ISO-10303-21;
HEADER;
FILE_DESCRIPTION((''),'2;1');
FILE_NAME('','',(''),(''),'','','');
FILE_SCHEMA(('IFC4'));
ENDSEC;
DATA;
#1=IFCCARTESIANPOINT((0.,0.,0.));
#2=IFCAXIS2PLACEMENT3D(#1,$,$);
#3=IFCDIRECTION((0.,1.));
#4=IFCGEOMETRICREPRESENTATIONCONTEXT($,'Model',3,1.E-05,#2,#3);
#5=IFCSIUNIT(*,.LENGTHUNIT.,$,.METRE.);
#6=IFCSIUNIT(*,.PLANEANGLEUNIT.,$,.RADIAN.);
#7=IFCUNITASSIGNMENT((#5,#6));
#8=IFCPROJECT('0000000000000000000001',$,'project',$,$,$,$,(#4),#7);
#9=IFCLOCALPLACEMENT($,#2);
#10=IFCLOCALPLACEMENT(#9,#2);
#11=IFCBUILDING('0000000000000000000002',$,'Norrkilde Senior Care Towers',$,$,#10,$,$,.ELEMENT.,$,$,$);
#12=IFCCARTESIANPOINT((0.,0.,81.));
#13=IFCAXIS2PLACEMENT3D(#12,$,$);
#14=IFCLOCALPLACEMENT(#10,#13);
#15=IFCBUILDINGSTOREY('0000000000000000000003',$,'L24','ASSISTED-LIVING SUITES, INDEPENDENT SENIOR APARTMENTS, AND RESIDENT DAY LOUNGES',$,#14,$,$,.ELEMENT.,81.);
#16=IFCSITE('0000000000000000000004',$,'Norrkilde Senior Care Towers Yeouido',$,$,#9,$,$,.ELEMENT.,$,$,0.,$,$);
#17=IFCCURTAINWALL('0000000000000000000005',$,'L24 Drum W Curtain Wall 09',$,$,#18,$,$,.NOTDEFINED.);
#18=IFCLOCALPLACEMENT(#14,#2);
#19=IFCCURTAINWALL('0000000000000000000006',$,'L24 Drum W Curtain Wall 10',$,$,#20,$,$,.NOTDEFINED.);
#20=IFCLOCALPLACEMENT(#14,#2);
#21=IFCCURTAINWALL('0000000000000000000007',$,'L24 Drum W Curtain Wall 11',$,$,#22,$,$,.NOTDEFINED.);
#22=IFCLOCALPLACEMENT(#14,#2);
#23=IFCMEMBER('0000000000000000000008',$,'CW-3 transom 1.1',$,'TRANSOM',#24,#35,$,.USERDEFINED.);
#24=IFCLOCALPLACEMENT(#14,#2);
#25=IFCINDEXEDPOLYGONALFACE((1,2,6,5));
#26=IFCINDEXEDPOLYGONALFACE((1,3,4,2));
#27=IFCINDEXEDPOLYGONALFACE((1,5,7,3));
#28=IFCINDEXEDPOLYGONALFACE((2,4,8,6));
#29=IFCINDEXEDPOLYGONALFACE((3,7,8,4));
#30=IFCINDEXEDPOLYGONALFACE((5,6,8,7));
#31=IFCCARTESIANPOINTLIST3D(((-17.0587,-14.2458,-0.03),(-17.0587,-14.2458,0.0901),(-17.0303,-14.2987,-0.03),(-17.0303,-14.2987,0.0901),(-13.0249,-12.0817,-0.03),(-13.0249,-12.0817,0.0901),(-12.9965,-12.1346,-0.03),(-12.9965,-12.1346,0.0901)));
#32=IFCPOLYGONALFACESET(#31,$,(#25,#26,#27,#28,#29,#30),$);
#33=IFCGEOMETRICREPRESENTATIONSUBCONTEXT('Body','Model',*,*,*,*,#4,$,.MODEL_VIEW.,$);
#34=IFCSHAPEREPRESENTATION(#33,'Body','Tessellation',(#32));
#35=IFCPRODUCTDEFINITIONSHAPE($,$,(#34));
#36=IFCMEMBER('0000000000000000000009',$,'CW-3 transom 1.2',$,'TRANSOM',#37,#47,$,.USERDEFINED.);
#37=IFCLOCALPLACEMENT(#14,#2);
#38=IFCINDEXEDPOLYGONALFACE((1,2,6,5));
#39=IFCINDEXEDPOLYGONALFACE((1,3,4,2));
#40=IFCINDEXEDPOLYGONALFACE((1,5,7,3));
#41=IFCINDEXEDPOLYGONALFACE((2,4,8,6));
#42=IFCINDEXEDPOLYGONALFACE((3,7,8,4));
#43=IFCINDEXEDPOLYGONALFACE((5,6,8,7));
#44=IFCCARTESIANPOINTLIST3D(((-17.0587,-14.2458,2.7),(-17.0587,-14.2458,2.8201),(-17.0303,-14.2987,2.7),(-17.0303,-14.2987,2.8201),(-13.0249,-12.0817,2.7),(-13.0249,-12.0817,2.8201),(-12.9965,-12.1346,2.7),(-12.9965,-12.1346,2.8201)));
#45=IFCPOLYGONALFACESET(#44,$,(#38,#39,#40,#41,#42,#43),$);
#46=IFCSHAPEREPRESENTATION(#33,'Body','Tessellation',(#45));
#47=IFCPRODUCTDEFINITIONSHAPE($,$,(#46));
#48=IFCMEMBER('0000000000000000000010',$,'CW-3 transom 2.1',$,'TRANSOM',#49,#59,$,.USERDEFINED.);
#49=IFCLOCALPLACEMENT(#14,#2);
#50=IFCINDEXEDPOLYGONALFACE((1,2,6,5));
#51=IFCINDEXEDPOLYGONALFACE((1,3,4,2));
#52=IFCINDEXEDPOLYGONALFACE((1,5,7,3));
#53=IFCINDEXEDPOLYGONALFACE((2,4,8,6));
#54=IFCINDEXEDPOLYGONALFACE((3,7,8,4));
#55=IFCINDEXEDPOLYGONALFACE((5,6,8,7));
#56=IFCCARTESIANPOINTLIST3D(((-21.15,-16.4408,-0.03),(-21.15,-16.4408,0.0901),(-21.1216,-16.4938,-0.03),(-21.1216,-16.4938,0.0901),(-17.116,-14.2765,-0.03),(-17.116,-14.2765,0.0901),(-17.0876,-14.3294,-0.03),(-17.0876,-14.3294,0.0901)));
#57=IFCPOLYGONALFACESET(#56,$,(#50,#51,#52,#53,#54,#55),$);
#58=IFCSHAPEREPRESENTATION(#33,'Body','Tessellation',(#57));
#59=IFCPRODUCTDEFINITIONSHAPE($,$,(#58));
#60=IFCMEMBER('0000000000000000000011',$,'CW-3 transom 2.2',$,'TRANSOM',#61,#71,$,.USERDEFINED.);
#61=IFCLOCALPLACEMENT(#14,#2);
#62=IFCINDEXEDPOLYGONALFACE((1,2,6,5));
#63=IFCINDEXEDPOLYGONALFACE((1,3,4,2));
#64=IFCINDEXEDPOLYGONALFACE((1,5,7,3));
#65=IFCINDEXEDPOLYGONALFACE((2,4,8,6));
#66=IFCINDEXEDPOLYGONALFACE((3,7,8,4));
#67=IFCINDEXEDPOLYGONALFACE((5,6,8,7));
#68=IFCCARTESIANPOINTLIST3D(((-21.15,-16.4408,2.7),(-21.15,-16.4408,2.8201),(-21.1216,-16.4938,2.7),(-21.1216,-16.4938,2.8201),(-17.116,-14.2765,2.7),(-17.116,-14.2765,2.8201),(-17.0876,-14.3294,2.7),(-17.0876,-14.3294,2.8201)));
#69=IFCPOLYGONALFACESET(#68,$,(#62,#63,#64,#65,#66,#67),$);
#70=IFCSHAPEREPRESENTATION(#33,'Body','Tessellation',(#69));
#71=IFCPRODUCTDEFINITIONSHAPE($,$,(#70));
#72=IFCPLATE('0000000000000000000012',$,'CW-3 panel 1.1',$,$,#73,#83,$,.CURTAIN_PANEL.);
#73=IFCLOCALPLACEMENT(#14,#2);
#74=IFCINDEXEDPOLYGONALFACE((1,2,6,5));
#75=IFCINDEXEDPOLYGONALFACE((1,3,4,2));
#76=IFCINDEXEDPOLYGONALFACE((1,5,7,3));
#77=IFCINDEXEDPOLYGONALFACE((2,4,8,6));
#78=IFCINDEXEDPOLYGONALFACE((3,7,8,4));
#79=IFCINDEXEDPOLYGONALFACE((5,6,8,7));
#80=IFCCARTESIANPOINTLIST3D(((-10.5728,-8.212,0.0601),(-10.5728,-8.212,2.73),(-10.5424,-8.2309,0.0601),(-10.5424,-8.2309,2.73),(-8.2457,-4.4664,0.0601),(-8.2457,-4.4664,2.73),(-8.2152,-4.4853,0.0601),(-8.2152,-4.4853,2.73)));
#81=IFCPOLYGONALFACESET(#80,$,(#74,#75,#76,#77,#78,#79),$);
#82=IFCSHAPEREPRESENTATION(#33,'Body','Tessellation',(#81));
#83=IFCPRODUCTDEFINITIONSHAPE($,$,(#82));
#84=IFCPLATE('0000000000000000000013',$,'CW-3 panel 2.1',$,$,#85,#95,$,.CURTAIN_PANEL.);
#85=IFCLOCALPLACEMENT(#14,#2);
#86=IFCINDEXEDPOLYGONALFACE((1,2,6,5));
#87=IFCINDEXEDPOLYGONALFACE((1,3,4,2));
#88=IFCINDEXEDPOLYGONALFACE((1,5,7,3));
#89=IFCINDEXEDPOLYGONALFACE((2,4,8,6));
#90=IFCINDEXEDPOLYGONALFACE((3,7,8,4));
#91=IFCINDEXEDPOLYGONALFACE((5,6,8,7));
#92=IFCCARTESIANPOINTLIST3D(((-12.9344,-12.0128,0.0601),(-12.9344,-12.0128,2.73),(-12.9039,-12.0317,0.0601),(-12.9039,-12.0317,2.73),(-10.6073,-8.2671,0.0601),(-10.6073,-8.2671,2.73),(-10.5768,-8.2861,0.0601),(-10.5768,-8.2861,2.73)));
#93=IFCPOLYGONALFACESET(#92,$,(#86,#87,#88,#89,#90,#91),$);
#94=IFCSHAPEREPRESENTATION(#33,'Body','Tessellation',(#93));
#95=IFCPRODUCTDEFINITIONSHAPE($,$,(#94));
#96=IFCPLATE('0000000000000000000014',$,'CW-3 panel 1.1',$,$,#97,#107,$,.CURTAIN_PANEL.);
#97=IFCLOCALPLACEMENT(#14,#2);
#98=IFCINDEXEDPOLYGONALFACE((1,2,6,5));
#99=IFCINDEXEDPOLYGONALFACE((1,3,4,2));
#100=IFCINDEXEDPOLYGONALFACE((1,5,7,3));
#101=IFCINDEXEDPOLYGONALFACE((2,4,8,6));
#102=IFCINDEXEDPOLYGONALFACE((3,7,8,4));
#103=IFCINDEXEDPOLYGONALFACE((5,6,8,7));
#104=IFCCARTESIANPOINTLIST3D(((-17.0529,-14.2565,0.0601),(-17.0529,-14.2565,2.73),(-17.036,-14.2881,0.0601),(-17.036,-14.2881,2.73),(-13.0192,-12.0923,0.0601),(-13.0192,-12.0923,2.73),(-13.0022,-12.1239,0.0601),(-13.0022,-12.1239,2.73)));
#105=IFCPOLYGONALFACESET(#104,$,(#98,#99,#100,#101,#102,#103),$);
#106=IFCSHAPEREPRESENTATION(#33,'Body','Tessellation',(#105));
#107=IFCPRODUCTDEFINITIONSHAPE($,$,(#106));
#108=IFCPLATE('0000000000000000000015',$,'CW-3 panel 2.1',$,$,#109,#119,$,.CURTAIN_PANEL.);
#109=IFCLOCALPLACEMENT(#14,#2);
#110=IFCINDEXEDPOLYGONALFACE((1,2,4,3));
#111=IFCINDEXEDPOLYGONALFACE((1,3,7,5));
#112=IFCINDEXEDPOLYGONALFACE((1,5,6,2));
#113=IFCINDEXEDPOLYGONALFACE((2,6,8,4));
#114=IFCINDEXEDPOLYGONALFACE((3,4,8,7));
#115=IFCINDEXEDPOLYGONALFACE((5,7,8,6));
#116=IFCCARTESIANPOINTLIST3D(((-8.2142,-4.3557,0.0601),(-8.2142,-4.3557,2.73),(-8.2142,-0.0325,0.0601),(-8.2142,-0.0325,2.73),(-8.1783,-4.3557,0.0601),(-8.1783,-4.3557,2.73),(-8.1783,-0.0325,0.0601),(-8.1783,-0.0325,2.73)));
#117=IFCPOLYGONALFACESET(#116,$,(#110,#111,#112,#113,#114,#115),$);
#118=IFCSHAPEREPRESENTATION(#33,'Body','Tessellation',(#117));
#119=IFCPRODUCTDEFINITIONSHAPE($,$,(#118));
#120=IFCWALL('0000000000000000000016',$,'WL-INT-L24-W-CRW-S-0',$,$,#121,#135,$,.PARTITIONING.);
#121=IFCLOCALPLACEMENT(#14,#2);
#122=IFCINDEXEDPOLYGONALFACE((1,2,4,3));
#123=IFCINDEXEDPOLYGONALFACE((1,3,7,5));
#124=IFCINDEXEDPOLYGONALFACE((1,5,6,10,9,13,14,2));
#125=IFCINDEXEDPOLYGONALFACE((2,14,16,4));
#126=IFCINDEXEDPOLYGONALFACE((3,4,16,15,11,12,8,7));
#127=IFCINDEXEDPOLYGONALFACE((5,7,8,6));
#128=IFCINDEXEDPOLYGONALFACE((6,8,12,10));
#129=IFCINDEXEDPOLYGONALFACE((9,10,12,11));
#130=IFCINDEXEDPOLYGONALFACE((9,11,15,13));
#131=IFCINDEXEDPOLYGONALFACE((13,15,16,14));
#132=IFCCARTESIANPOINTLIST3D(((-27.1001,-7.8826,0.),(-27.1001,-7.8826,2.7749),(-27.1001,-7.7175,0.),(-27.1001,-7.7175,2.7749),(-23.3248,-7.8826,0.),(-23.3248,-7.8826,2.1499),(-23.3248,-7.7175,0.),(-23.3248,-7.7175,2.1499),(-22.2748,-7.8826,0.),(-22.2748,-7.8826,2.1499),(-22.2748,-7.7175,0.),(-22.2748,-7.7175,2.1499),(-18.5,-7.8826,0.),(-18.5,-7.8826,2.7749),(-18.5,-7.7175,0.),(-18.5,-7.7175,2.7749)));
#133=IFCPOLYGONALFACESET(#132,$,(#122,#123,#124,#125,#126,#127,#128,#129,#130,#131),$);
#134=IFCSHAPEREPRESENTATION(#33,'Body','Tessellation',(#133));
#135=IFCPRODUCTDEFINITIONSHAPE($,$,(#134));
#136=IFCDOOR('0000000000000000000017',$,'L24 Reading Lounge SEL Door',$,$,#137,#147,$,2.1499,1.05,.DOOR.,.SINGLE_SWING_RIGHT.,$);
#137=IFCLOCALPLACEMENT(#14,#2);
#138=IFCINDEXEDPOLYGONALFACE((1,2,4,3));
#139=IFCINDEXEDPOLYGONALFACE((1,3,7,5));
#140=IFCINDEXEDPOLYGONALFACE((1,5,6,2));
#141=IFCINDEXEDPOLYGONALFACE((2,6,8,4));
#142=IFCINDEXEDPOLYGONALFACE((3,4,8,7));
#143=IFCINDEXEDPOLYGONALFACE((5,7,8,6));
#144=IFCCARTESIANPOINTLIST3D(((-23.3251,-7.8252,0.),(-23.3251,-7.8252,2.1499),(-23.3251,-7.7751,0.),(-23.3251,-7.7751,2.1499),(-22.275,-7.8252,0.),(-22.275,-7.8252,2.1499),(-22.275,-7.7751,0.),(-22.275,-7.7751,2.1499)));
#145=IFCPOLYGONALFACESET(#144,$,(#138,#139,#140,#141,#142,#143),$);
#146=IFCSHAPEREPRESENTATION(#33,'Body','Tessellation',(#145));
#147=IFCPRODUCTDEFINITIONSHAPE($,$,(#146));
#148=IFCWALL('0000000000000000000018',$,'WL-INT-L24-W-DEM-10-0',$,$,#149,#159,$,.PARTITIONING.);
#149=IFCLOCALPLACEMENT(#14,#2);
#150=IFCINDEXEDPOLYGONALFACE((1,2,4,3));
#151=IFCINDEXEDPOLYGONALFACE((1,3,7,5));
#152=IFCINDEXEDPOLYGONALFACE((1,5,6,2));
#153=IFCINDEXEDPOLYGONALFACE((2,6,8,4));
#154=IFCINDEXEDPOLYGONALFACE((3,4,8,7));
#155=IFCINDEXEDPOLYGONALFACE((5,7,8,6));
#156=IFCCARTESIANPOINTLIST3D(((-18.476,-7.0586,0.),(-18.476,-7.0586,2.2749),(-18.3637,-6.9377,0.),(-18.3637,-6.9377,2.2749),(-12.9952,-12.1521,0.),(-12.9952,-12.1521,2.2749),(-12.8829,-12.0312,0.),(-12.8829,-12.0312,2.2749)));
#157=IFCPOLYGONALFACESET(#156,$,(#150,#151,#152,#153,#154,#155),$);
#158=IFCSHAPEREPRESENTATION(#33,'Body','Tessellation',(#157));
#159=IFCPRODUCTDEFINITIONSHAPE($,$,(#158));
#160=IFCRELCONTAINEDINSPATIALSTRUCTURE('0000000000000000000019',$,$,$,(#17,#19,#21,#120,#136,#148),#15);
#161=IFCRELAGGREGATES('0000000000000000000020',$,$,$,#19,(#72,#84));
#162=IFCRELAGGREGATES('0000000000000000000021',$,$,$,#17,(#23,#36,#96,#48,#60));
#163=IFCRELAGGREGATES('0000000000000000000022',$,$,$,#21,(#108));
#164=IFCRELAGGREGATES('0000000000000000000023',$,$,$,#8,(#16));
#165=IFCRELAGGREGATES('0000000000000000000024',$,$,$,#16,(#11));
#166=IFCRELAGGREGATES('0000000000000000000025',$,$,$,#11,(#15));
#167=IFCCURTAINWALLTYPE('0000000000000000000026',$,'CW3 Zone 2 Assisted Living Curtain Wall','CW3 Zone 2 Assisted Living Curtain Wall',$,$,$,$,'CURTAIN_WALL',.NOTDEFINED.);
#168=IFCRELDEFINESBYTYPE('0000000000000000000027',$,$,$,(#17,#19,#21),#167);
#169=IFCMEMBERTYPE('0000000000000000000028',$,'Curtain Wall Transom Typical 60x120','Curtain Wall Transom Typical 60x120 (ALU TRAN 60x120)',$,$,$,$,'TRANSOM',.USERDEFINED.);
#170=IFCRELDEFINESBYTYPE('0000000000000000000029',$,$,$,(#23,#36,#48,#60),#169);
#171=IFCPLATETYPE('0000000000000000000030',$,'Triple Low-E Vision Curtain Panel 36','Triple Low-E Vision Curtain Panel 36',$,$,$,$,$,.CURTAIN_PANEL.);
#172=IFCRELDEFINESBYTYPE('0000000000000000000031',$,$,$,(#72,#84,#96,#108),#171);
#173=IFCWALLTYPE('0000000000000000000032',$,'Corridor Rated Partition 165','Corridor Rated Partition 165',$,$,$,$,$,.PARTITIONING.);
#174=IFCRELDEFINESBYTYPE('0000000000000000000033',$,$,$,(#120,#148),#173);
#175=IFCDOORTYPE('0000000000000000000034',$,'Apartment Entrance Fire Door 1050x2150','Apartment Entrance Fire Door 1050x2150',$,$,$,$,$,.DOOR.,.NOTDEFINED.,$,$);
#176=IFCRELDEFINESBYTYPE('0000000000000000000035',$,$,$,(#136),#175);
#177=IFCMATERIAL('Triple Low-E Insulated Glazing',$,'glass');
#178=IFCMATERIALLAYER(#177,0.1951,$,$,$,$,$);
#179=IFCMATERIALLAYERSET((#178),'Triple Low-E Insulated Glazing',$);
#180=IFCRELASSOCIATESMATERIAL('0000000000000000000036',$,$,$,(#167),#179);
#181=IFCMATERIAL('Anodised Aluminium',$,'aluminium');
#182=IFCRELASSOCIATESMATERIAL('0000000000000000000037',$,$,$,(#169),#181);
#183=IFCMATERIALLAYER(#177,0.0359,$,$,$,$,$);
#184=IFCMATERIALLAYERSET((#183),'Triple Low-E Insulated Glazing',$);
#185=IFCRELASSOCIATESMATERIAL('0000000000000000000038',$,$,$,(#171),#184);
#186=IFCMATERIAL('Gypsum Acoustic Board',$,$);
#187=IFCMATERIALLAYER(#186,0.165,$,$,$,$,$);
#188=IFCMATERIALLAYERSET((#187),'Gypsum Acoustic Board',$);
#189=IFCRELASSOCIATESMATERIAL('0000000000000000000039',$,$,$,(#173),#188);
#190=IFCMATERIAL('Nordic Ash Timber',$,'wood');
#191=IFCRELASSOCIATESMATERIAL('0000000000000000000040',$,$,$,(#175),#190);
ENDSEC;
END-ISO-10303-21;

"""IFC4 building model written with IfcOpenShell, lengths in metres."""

from ifc_helpers import new_model, si_unit, direction, frame, frame_2d, origin, origin_2d, place, context, subcontext, project, spatial, rectangle, extrude, source, transform, mapped, material, layer, layer_set, material_profile, profile_set, type_object, type_shapes, element, fill, aggregate, save


model = new_model("IFC4")

# Units and contexts
model_context = context("Model", 3, precision=1e-05, world=origin(), true_north=direction((0.0, 1.0)))
body_context = subcontext(model_context, "Body", "Model", "MODEL_VIEW")
ifc_project = project(units=[si_unit("LENGTHUNIT", "METRE"), si_unit("PLANEANGLEUNIT", "RADIAN")], contexts=[model_context])

# Site, building, storey
site_placement = place(None, origin())
site = spatial("IfcSite", under=ifc_project, at=site_placement, Name="Norrkilde Senior Care Towers Yeouido", CompositionType="ELEMENT", RefElevation=0.0)
building_placement = place(site_placement, origin())
building = spatial("IfcBuilding", under=site, at=building_placement, Name="Norrkilde Senior Care Towers", CompositionType="ELEMENT")
storey_placement = place(building_placement, frame((0.0, 0.0, 81.0)))
storey = spatial("IfcBuildingStorey", under=building, at=storey_placement, Name="L24", Description="ASSISTED-LIVING SUITES, INDEPENDENT SENIOR APARTMENTS, AND RESIDENT DAY LOUNGES", CompositionType="ELEMENT", Elevation=81.0)

# Curtain walls
ifc_material_1 = material(Name="Triple Low-E Insulated Glazing", Category="glass")
ifc_layer_1 = layer(ifc_material_1, 0.1951)
ifc_layer_set_1 = layer_set([ifc_layer_1], Name="Triple Low-E Insulated Glazing")
curtain_wall_type = type_object("IfcCurtainWallType", Name="CW3 Zone 2 Assisted Living Curtain Wall", Description="CW3 Zone 2 Assisted Living Curtain Wall", ElementType="CURTAIN_WALL", PredefinedType="NOTDEFINED", material=ifc_layer_set_1)
curtain_wall_1_placement = place(storey_placement, origin())
curtain_wall_1 = element("IfcCurtainWall", 1, at=curtain_wall_1_placement, inside=storey, type_object=curtain_wall_type, Name="L24 Drum W Curtain Wall 09", PredefinedType="NOTDEFINED")
ifc_material_2 = material(Name="Anodised Aluminium", Category="aluminium")
curtain_wall_2_placement = place(storey_placement, origin())
curtain_wall_2 = element("IfcCurtainWall", 2, at=curtain_wall_2_placement, inside=storey, type_object=curtain_wall_type, Name="L24 Drum W Curtain Wall 10", PredefinedType="NOTDEFINED")

# Curtain wall
curtain_wall_3_placement = place(storey_placement, origin())
curtain_wall_3 = element("IfcCurtainWall", 3, at=curtain_wall_3_placement, inside=storey, type_object=curtain_wall_type, Name="L24 Drum W Curtain Wall 11", PredefinedType="NOTDEFINED")

# Members
ifc_material_profile_1 = material_profile(ifc_material_2, rectangle(XDim=0.0601, YDim=0.1201, at=origin_2d()), Name="ALU TRAN 60x120")
ifc_profile_set_1 = profile_set([ifc_material_profile_1], Name="Anodised Aluminium")
member_type_1 = type_object("IfcMemberType", Name="Curtain Wall Transom Typical 60x120", Description="Curtain Wall Transom Typical 60x120 (ALU TRAN 60x120)", ElementType="TRANSOM", PredefinedType="USERDEFINED", material=ifc_profile_set_1)
shared_shape_1 = source(origin(), body_context, "Body", "SweptSolid", [
    extrude(rectangle(XDim=0.0601, YDim=0.1201, at=origin_2d()), origin(), (0.0, 0.0, 1.0), 4.5776),
])
member_1_placement = place(storey_placement, frame((-13.0107, -12.1082, 0.03), z_axis=(-0.881193, -0.472757, 0.0), x_axis=(0.472757, -0.881193, 0.0)))
member_1 = element("IfcMember", 4, at=member_1_placement, type_object=member_type_1, Name="CW-3 transom 1.1", ObjectType="TRANSOM", PredefinedType="USERDEFINED", context=body_context, shape_type="MappedRepresentation", body=[
    mapped(shared_shape_1, transform((0.0, 0.0, 0.0), x_axis=(1.0, 0.0, 0.0), y_axis=(0.0, 1.0, 0.0), z_axis=(0.0, 0.0, 1.0), scale=1.0)),
])
member_2_placement = place(storey_placement, frame((-13.0107, -12.1082, 2.76), z_axis=(-0.881193, -0.472757, 0.0), x_axis=(0.472757, -0.881193, 0.0)))
member_2 = element("IfcMember", 5, at=member_2_placement, type_object=member_type_1, Name="CW-3 transom 1.2", ObjectType="TRANSOM", PredefinedType="USERDEFINED", context=body_context, shape_type="MappedRepresentation", body=[
    mapped(shared_shape_1, transform((0.0, 0.0, 0.0), x_axis=(1.0, 0.0, 0.0), y_axis=(0.0, 1.0, 0.0), z_axis=(0.0, 0.0, 1.0), scale=1.0)),
])
shared_shape_2 = source(origin(), body_context, "Body", "SweptSolid", [
    extrude(rectangle(XDim=0.0601, YDim=0.1201, at=origin_2d()), origin(), (0.0, 0.0, 1.0), 4.5779),
])
member_3_placement = place(storey_placement, frame((-17.1018, -14.303, 0.03), z_axis=(-0.881182, -0.472776, 0.0), x_axis=(0.472776, -0.881182, 0.0)))
member_3 = element("IfcMember", 6, at=member_3_placement, type_object=member_type_1, Name="CW-3 transom 2.1", ObjectType="TRANSOM", PredefinedType="USERDEFINED", context=body_context, shape_type="MappedRepresentation", body=[
    mapped(shared_shape_2, transform((0.0, 0.0, 0.0), x_axis=(1.0, 0.0, 0.0), y_axis=(0.0, 1.0, 0.0), z_axis=(0.0, 0.0, 1.0), scale=1.0)),
])
member_4_placement = place(storey_placement, frame((-17.1018, -14.303, 2.76), z_axis=(-0.881182, -0.472776, 0.0), x_axis=(0.472776, -0.881182, 0.0)))
member_4 = element("IfcMember", 7, at=member_4_placement, type_object=member_type_1, Name="CW-3 transom 2.2", ObjectType="TRANSOM", PredefinedType="USERDEFINED", context=body_context, shape_type="MappedRepresentation", body=[
    mapped(shared_shape_2, transform((0.0, 0.0, 0.0), x_axis=(1.0, 0.0, 0.0), y_axis=(0.0, 1.0, 0.0), z_axis=(0.0, 0.0, 1.0), scale=1.0)),
])

# Plates
ifc_layer_2 = layer(ifc_material_1, 0.0359)
ifc_layer_set_2 = layer_set([ifc_layer_2], Name="Triple Low-E Insulated Glazing")
plate_type = type_object("IfcPlateType", Name="Triple Low-E Vision Curtain Panel 36", Description="Triple Low-E Vision Curtain Panel 36", PredefinedType="CURTAIN_PANEL", material=ifc_layer_set_2)
shared_shape_3 = source(origin(), body_context, "Body", "SweptSolid", [
    extrude(rectangle(XDim=4.4097, YDim=0.0359, at=origin_2d()), origin(), (0.0, 0.0, 1.0), 2.6699),
])
plate_1_placement = place(storey_placement, frame((-9.394, -6.3486, 0.0601), z_axis=(0.0, 0.0, 1.0), x_axis=(-0.527733, -0.84941, 0.0)))
plate_1 = element("IfcPlate", 8, at=plate_1_placement, type_object=plate_type, Name="CW-3 panel 1.1", PredefinedType="CURTAIN_PANEL", context=body_context, shape_type="MappedRepresentation", body=[
    mapped(shared_shape_3, transform((0.0, 0.0, 0.0), x_axis=(1.0, 0.0, 0.0), y_axis=(0.0, 1.0, 0.0), z_axis=(0.0, 0.0, 1.0), scale=1.0)),
])
plate_2_placement = place(storey_placement, frame((-11.7556, -10.1494, 0.0601), z_axis=(0.0, 0.0, 1.0), x_axis=(-0.527733, -0.84941, 0.0)))
plate_2 = element("IfcPlate", 9, at=plate_2_placement, type_object=plate_type, Name="CW-3 panel 2.1", PredefinedType="CURTAIN_PANEL", context=body_context, shape_type="MappedRepresentation", body=[
    mapped(shared_shape_3, transform((0.0, 0.0, 0.0), x_axis=(1.0, 0.0, 0.0), y_axis=(0.0, 1.0, 0.0), z_axis=(0.0, 0.0, 1.0), scale=1.0)),
])
aggregate(curtain_wall_2, [plate_1, plate_2])
shared_shape_4 = source(origin(), body_context, "Body", "SweptSolid", [
    extrude(rectangle(XDim=4.5776, YDim=0.0359, at=origin_2d()), origin(), (0.0, 0.0, 1.0), 2.6699),
])
plate_3_placement = place(storey_placement, frame((-15.0276, -13.1902, 0.0601), z_axis=(0.0, 0.0, 1.0), x_axis=(-0.881186, -0.472769, 0.0)))
plate_3 = element("IfcPlate", 10, at=plate_3_placement, type_object=plate_type, Name="CW-3 panel 1.1", PredefinedType="CURTAIN_PANEL", context=body_context, shape_type="MappedRepresentation", body=[
    mapped(shared_shape_4, transform((0.0, 0.0, 0.0), x_axis=(1.0, 0.0, 0.0), y_axis=(0.0, 1.0, 0.0), z_axis=(0.0, 0.0, 1.0), scale=1.0)),
])
aggregate(curtain_wall_1, [member_1, member_2, plate_3, member_3, member_4])
shared_shape_5 = source(origin(), body_context, "Body", "SweptSolid", [
    extrude(rectangle(XDim=4.3232, YDim=0.0359, at=origin_2d()), origin(), (0.0, 0.0, 1.0), 2.6699),
])
type_shapes(plate_type, [shared_shape_3, shared_shape_4, shared_shape_5])
plate_4_placement = place(storey_placement, frame((-8.1963, -2.1941, 0.0601), z_axis=(0.0, 0.0, 1.0), x_axis=(0.0, -1.0, 0.0)))
plate_4 = element("IfcPlate", 11, at=plate_4_placement, type_object=plate_type, Name="CW-3 panel 2.1", PredefinedType="CURTAIN_PANEL", context=body_context, shape_type="MappedRepresentation", body=[
    mapped(shared_shape_5, transform((0.0, 0.0, 0.0), x_axis=(1.0, 0.0, 0.0), y_axis=(0.0, 1.0, 0.0), z_axis=(0.0, 0.0, 1.0), scale=1.0)),
])
aggregate(curtain_wall_3, [plate_4])

# Wall, opening, door
ifc_material_3 = material(Name="Gypsum Acoustic Board")
ifc_layer_3 = layer(ifc_material_3, 0.165)
ifc_layer_set_3 = layer_set([ifc_layer_3], Name="Gypsum Acoustic Board")
wall_type_1 = type_object("IfcWallType", Name="Corridor Rated Partition 165", Description="Corridor Rated Partition 165", PredefinedType="PARTITIONING", material=ifc_layer_set_3)
shared_shape_6 = source(origin(), body_context, "Body", "SweptSolid", [
    extrude(rectangle(XDim=8.6001, YDim=0.165, at=frame_2d((4.3, 0.0))), origin(), (0.0, 0.0, 1.0), 2.7749),
])
wall_1_placement = place(storey_placement, frame((-18.5, -7.8, 0.0), z_axis=(0.0, 0.0, 1.0), x_axis=(-1.0, 0.0, 0.0)))
wall_1 = element("IfcWall", 12, at=wall_1_placement, inside=storey, type_object=wall_type_1, Name="WL-INT-L24-W-CRW-S-0", PredefinedType="PARTITIONING", context=body_context, shape_type="MappedRepresentation", body=[
    mapped(shared_shape_6, transform((0.0, 0.0, 0.0), x_axis=(1.0, 0.0, 0.0), y_axis=(0.0, 1.0, 0.0), z_axis=(0.0, 0.0, 1.0), scale=1.0)),
])
opening_placement = place(wall_1_placement, frame((3.7749, 0.0, 0.0)))
opening = element("IfcOpeningElement", 13, at=opening_placement, cuts=wall_1, PredefinedType="OPENING", context=body_context, shape_type="SweptSolid", body=[
    extrude(rectangle(XDim=1.05, YDim=2.1499, at=frame_2d((0.5249, 1.075))), frame((0.0, 0.0925, 0.0), z_axis=(0.0, -1.0, 0.0), x_axis=(1.0, 0.0, 0.0)), (0.0, 0.0, 1.0), 0.1851),
])
ifc_material_4 = material(Name="Nordic Ash Timber", Category="wood")
door_type = type_object("IfcDoorType", Name="Apartment Entrance Fire Door 1050x2150", Description="Apartment Entrance Fire Door 1050x2150", OperationType="NOTDEFINED", PredefinedType="DOOR", material=ifc_material_4)
shared_shape_7 = source(origin(), body_context, "Body", "SweptSolid", [
    extrude(rectangle(XDim=1.05, YDim=2.1499, at=frame_2d((0.5249, 1.075))), frame((0.0, 0.0249, 0.0), z_axis=(0.0, -1.0, 0.0), x_axis=(1.0, 0.0, 0.0)), (0.0, 0.0, 1.0), 0.05),
])
type_shapes(door_type, [shared_shape_7])
door_placement = place(opening_placement, frame((1.05, 0.0, 0.0), z_axis=(0.0, 0.0, 1.0), x_axis=(-1.0, 0.0, 0.0)))
door = element("IfcDoor", 14, at=door_placement, inside=storey, type_object=door_type, Name="L24 Reading Lounge SEL Door", OperationType="SINGLE_SWING_RIGHT", OverallHeight=2.1499, OverallWidth=1.05, PredefinedType="DOOR", context=body_context, shape_type="MappedRepresentation", body=[
    mapped(shared_shape_7, transform((0.0, 0.0, 0.0), x_axis=(1.0, 0.0, 0.0), y_axis=(0.0, 1.0, 0.0), z_axis=(0.0, 0.0, 1.0), scale=1.0)),
])
fill(opening, door)

# Wall
shared_shape_8 = source(origin(), body_context, "Body", "SweptSolid", [
    extrude(rectangle(XDim=7.4822, YDim=0.165, at=frame_2d((3.7412, 0.0))), origin(), (0.0, 0.0, 1.0), 2.2749),
])
type_shapes(wall_type_1, [shared_shape_6, shared_shape_8])
wall_2_placement = place(storey_placement, frame((-18.4199, -6.998, 0.0), z_axis=(0.0, 0.0, 1.0), x_axis=(0.732509, -0.680758, 0.0)))
element("IfcWall", 15, at=wall_2_placement, inside=storey, type_object=wall_type_1, Name="WL-INT-L24-W-DEM-10-0", PredefinedType="PARTITIONING", context=body_context, shape_type="MappedRepresentation", body=[
    mapped(shared_shape_8, transform((0.0, 0.0, 0.0), x_axis=(1.0, 0.0, 0.0), y_axis=(0.0, 1.0, 0.0), z_axis=(0.0, 0.0, 1.0), scale=1.0)),
])

save(model, "model.ifc")
